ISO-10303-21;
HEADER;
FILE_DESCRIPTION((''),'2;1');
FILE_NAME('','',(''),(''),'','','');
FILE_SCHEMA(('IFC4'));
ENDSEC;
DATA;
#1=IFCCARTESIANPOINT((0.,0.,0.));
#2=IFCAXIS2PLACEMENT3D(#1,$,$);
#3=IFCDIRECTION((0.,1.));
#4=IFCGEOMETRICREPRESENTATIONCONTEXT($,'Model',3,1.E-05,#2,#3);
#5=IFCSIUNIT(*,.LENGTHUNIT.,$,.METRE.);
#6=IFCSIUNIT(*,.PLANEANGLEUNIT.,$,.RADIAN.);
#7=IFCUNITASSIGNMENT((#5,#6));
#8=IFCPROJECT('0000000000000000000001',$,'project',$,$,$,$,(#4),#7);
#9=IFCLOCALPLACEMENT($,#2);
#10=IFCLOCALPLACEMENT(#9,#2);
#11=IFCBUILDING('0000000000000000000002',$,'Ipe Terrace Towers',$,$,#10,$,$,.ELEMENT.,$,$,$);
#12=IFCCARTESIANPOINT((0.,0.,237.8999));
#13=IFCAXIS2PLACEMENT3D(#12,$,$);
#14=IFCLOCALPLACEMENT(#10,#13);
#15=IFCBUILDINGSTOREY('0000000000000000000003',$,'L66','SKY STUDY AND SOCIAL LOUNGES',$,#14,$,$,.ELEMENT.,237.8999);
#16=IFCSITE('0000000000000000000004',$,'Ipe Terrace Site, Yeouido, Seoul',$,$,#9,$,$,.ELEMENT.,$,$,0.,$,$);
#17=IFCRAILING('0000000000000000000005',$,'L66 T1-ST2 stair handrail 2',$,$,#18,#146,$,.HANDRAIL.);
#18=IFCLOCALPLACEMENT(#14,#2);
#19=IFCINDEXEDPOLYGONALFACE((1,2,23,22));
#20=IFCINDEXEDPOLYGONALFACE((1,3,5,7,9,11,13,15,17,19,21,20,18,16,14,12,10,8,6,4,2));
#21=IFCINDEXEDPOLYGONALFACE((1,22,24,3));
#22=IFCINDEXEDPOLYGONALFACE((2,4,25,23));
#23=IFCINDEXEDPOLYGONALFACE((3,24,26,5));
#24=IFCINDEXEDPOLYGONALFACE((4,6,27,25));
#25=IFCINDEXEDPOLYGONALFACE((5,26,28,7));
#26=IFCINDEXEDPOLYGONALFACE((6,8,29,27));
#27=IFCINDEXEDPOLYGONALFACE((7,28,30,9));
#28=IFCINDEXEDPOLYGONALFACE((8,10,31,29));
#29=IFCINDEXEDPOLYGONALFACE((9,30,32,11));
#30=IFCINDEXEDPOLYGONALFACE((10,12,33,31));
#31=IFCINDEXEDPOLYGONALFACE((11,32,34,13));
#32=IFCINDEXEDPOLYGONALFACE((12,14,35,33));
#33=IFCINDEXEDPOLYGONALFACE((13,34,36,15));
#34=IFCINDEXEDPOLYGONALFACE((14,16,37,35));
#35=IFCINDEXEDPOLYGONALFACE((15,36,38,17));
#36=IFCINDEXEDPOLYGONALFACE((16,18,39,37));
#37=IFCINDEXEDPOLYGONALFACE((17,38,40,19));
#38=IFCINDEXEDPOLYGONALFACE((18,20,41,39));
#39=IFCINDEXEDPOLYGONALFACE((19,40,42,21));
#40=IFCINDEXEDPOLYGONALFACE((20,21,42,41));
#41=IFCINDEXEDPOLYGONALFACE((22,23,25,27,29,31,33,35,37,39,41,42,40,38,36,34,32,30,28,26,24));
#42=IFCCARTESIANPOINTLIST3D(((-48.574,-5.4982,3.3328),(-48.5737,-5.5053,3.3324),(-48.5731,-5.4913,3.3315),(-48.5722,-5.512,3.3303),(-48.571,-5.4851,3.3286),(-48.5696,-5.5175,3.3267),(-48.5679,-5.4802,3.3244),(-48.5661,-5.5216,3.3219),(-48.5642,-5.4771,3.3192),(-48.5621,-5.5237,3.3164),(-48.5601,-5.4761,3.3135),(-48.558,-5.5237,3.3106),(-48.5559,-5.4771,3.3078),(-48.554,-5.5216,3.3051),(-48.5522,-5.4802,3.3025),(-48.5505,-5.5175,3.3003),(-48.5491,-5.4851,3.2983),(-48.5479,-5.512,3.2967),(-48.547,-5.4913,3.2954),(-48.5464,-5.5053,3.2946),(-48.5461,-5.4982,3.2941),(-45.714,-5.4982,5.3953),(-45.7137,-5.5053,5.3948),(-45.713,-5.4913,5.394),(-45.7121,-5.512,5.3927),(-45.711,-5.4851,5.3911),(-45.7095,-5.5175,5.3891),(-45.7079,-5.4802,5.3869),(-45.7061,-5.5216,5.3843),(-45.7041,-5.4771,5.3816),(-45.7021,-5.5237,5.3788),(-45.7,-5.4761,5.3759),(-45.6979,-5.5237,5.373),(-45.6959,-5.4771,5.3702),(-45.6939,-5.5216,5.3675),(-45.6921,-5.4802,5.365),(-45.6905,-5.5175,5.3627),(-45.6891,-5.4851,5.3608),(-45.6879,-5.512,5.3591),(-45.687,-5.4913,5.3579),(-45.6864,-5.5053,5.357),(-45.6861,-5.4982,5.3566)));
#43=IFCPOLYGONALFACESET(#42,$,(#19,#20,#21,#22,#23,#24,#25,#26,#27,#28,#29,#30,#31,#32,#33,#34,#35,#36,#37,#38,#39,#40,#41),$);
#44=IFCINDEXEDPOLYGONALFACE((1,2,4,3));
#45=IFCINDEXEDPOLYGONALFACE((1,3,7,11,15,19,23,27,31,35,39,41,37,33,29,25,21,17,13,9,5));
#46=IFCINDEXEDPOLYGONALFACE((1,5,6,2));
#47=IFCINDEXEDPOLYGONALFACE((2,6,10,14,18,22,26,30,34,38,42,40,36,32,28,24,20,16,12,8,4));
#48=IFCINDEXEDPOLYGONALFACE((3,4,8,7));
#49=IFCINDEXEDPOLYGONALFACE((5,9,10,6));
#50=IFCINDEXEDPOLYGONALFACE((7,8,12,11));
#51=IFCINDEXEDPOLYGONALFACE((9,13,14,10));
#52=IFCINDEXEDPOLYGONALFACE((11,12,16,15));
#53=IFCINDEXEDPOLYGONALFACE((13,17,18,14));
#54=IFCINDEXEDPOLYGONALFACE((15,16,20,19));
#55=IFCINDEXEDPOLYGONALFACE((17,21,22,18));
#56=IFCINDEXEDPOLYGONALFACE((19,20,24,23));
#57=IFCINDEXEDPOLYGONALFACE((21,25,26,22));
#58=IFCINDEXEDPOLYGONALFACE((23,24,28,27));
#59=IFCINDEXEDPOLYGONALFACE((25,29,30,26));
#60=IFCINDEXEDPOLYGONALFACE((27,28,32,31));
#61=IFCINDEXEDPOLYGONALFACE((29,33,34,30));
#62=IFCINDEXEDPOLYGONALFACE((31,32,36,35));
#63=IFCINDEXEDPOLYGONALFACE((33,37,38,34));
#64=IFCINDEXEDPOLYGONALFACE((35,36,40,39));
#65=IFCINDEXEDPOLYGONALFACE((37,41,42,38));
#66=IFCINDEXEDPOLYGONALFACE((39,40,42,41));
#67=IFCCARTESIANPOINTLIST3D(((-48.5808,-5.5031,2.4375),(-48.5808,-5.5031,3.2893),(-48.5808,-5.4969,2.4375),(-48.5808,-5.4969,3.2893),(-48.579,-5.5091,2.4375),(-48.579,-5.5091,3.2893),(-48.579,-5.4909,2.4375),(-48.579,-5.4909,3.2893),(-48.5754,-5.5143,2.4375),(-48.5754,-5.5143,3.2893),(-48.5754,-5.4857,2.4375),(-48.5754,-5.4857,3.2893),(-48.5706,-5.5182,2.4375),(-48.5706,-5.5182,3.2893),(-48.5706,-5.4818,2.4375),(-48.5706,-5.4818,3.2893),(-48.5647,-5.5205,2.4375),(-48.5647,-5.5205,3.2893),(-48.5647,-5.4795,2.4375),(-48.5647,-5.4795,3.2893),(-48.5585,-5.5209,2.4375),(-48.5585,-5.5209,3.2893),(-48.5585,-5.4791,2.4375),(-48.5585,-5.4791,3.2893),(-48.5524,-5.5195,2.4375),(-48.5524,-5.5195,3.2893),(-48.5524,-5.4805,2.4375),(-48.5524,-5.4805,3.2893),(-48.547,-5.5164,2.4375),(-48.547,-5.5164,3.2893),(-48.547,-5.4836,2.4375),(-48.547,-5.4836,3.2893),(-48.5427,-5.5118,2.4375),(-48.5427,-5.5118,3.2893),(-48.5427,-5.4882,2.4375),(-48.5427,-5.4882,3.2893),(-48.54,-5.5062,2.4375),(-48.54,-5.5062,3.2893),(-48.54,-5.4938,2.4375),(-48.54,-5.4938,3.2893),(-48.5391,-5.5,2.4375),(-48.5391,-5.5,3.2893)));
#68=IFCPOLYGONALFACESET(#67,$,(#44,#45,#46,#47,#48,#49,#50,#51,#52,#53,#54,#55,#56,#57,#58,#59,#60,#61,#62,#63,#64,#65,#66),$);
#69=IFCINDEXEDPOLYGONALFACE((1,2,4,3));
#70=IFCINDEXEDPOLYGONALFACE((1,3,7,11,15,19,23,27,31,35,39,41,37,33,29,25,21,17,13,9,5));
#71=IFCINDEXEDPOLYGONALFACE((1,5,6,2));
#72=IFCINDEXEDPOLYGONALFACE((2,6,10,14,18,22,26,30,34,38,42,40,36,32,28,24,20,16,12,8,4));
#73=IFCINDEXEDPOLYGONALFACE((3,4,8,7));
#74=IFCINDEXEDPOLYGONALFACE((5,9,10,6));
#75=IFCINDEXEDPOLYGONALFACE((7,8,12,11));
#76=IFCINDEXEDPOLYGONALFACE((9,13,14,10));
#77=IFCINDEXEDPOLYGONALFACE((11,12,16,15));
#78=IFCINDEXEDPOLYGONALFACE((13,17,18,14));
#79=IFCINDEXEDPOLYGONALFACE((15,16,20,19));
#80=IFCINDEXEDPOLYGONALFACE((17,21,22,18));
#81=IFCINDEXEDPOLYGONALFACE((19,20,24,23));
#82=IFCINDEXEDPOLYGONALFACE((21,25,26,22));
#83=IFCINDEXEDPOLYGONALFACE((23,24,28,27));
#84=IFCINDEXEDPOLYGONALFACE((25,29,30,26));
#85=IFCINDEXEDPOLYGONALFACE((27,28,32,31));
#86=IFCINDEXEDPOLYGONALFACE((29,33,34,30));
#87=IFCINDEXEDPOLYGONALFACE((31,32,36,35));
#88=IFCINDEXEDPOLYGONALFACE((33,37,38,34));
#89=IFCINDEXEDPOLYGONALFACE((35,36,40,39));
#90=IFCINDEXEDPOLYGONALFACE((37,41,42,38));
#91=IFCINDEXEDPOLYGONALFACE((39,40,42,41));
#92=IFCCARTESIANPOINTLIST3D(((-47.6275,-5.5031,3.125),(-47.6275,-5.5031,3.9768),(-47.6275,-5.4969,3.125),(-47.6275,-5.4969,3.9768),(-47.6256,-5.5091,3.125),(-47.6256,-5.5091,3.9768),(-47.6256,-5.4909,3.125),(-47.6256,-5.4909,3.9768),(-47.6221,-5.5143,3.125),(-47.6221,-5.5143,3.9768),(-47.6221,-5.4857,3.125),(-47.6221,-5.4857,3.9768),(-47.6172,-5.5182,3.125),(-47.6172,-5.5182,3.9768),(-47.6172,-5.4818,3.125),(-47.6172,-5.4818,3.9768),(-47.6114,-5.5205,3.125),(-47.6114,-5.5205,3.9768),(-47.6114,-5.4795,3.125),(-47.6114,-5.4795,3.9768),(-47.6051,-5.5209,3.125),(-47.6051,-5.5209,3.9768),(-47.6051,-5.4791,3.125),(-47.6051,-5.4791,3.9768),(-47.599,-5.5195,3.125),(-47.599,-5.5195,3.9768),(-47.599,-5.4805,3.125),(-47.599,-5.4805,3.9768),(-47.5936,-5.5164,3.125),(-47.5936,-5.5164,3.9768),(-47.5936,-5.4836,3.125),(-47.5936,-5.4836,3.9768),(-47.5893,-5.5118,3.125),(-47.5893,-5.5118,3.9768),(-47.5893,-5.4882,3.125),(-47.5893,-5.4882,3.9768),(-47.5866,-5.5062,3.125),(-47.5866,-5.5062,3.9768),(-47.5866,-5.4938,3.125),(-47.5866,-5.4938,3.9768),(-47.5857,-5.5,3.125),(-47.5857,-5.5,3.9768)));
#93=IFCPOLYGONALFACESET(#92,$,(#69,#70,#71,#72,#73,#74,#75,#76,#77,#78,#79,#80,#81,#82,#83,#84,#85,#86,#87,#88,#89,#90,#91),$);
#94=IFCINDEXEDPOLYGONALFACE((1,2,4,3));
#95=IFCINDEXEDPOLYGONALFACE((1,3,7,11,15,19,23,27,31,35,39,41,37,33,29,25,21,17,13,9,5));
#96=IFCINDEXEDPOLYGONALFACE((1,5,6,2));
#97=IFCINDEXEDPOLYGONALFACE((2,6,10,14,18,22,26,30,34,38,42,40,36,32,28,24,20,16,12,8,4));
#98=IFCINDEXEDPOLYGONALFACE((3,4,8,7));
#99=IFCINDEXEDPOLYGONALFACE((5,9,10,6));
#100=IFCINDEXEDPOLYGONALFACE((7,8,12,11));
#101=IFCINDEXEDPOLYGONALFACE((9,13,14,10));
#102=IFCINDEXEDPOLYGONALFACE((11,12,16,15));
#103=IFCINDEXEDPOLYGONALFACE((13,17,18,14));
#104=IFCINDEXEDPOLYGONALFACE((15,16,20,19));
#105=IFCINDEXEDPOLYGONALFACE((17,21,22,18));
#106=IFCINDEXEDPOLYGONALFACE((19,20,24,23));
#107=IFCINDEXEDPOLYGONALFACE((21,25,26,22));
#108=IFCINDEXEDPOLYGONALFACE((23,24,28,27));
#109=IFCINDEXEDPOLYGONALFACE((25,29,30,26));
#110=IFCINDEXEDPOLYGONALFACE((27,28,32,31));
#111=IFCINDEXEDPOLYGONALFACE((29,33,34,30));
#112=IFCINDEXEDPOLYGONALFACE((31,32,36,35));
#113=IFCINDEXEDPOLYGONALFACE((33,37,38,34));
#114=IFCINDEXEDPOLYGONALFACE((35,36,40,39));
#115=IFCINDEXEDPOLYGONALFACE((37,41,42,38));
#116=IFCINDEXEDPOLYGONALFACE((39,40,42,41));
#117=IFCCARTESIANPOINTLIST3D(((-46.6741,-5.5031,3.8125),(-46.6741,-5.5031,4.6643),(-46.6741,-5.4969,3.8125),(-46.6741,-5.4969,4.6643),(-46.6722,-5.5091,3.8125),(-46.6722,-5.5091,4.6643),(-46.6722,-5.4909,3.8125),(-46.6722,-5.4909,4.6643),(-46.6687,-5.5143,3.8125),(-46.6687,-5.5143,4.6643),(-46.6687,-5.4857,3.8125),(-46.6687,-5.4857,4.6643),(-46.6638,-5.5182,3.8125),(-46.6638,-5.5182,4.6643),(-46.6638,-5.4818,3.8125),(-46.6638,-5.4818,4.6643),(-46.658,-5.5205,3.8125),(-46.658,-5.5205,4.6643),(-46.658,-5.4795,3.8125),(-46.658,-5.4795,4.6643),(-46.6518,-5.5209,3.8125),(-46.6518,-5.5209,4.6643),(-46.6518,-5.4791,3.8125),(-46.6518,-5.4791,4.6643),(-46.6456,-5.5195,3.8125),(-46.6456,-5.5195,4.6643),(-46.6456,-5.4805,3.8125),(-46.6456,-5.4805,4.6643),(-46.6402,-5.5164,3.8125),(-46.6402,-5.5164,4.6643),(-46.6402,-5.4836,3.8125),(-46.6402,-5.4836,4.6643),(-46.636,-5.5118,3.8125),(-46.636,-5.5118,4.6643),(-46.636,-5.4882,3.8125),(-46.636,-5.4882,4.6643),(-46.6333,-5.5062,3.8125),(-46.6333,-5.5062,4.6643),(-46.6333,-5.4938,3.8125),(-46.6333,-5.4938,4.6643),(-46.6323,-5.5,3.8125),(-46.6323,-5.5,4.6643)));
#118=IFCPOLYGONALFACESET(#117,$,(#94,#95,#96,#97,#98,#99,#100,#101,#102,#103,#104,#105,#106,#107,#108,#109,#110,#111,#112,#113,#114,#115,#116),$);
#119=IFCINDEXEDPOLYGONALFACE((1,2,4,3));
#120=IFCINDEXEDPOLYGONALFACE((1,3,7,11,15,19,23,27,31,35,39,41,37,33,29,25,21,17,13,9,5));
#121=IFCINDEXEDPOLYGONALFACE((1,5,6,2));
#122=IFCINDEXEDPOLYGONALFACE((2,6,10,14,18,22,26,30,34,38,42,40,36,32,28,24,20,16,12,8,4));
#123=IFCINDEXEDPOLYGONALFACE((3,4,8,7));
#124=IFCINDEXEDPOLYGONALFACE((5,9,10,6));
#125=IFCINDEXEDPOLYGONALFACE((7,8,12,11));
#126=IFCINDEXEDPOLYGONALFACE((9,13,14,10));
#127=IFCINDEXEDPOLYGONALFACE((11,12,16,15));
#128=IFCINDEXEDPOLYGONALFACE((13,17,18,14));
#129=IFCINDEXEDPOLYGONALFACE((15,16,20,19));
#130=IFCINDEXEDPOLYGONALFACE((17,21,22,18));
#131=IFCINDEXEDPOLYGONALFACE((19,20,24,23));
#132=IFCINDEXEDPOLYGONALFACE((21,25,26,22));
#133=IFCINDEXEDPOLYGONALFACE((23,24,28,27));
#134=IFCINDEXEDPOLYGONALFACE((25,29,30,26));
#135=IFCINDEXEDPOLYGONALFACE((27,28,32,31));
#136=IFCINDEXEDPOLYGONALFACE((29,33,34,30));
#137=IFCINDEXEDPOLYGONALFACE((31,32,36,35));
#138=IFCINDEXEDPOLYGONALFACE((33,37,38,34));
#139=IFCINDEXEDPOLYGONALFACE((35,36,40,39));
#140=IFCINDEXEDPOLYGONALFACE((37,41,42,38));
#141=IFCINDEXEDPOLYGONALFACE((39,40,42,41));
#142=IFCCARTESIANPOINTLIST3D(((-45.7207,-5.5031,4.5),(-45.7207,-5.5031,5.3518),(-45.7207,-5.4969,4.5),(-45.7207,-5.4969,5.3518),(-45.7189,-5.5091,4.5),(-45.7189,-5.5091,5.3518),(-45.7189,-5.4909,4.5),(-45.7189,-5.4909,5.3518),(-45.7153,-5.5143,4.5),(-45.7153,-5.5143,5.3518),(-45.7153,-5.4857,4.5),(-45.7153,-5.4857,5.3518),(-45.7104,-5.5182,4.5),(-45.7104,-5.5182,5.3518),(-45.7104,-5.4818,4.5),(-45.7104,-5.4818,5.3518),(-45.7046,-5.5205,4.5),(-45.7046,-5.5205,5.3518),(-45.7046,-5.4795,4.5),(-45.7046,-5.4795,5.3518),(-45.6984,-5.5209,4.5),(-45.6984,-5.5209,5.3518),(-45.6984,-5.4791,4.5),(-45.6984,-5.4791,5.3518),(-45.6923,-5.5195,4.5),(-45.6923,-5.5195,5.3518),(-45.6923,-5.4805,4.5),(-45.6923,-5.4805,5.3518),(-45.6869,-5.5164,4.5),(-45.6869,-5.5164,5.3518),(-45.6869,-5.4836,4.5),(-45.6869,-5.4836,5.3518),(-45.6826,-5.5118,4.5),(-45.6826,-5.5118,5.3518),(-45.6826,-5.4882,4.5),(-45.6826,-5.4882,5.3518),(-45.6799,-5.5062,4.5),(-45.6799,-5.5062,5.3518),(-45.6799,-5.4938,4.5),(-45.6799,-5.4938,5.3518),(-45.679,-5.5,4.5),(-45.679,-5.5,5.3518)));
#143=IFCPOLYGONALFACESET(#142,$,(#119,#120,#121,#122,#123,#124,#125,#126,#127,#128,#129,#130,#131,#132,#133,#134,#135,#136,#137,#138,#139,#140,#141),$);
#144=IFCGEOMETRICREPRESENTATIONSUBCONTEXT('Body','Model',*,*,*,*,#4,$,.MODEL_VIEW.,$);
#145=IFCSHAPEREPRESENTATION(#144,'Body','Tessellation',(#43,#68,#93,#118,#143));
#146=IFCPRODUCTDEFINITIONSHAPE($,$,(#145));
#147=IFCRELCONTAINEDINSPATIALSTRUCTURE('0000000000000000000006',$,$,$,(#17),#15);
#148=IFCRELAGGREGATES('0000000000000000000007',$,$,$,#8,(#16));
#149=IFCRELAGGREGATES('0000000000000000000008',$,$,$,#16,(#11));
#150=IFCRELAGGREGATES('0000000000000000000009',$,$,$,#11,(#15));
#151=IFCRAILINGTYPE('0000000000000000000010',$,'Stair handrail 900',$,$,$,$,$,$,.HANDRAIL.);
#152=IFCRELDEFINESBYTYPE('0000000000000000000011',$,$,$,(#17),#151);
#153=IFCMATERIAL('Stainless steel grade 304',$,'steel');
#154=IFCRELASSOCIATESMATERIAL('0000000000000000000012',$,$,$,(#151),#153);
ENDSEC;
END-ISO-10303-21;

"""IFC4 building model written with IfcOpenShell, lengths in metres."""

from ifc_helpers import new_model, si_unit, direction, frame, origin, origin_2d, place, context, subcontext, project, spatial, circle, extrude, material, type_object, element, save


model = new_model("IFC4")

# Units and contexts
model_context = context("Model", 3, precision=1e-05, world=origin(), true_north=direction((0.0, 1.0)))
body_context = subcontext(model_context, "Body", "Model", "MODEL_VIEW")
ifc_project = project(units=[si_unit("LENGTHUNIT", "METRE"), si_unit("PLANEANGLEUNIT", "RADIAN")], contexts=[model_context])

# Site, building, storey
site_placement = place(None, origin())
site = spatial("IfcSite", under=ifc_project, at=site_placement, Name="Ipe Terrace Site, Yeouido, Seoul", CompositionType="ELEMENT", RefElevation=0.0)
building_placement = place(site_placement, origin())
building = spatial("IfcBuilding", under=site, at=building_placement, Name="Ipe Terrace Towers", CompositionType="ELEMENT")
storey_placement = place(building_placement, frame((0.0, 0.0, 237.8999)))
storey = spatial("IfcBuildingStorey", under=building, at=storey_placement, Name="L66", Description="SKY STUDY AND SOCIAL LOUNGES", CompositionType="ELEMENT", Elevation=237.8999)

# Railing
ifc_material_1 = material(Name="Stainless steel grade 304", Category="steel")
railing_type_1 = type_object("IfcRailingType", Name="Stair handrail 900", PredefinedType="HANDRAIL", material=ifc_material_1)
railing_1_placement = place(storey_placement, frame((-48.5601, -5.5, 2.4375)))
element("IfcRailing", 1, at=railing_1_placement, inside=storey, type_object=railing_type_1, Name="L66 T1-ST2 stair handrail 2", PredefinedType="HANDRAIL", context=body_context, shape_type="SweptSolid", body=[
    extrude(circle(Radius=0.0239, at=origin_2d()), frame((0.0, 0.0, 0.876), z_axis=(0.811101, 0.0, 0.584906), x_axis=(0.0, 1.0, 0.0)), (0.0, 0.0, 1.0), 3.5261),
    extrude(circle(Radius=0.021, at=origin_2d()), origin(), (0.0, 0.0, 1.0), 0.8518),
    extrude(circle(Radius=0.021, at=origin_2d()), frame((0.9534, 0.0, 0.6875)), (0.0, 0.0, 1.0), 0.8518),
    extrude(circle(Radius=0.021, at=origin_2d()), frame((1.9067, 0.0, 1.375)), (0.0, 0.0, 1.0), 0.8518),
    extrude(circle(Radius=0.021, at=origin_2d()), frame((2.8601, 0.0, 2.0625)), (0.0, 0.0, 1.0), 0.8518),
])

save(model, "model.ifc")
